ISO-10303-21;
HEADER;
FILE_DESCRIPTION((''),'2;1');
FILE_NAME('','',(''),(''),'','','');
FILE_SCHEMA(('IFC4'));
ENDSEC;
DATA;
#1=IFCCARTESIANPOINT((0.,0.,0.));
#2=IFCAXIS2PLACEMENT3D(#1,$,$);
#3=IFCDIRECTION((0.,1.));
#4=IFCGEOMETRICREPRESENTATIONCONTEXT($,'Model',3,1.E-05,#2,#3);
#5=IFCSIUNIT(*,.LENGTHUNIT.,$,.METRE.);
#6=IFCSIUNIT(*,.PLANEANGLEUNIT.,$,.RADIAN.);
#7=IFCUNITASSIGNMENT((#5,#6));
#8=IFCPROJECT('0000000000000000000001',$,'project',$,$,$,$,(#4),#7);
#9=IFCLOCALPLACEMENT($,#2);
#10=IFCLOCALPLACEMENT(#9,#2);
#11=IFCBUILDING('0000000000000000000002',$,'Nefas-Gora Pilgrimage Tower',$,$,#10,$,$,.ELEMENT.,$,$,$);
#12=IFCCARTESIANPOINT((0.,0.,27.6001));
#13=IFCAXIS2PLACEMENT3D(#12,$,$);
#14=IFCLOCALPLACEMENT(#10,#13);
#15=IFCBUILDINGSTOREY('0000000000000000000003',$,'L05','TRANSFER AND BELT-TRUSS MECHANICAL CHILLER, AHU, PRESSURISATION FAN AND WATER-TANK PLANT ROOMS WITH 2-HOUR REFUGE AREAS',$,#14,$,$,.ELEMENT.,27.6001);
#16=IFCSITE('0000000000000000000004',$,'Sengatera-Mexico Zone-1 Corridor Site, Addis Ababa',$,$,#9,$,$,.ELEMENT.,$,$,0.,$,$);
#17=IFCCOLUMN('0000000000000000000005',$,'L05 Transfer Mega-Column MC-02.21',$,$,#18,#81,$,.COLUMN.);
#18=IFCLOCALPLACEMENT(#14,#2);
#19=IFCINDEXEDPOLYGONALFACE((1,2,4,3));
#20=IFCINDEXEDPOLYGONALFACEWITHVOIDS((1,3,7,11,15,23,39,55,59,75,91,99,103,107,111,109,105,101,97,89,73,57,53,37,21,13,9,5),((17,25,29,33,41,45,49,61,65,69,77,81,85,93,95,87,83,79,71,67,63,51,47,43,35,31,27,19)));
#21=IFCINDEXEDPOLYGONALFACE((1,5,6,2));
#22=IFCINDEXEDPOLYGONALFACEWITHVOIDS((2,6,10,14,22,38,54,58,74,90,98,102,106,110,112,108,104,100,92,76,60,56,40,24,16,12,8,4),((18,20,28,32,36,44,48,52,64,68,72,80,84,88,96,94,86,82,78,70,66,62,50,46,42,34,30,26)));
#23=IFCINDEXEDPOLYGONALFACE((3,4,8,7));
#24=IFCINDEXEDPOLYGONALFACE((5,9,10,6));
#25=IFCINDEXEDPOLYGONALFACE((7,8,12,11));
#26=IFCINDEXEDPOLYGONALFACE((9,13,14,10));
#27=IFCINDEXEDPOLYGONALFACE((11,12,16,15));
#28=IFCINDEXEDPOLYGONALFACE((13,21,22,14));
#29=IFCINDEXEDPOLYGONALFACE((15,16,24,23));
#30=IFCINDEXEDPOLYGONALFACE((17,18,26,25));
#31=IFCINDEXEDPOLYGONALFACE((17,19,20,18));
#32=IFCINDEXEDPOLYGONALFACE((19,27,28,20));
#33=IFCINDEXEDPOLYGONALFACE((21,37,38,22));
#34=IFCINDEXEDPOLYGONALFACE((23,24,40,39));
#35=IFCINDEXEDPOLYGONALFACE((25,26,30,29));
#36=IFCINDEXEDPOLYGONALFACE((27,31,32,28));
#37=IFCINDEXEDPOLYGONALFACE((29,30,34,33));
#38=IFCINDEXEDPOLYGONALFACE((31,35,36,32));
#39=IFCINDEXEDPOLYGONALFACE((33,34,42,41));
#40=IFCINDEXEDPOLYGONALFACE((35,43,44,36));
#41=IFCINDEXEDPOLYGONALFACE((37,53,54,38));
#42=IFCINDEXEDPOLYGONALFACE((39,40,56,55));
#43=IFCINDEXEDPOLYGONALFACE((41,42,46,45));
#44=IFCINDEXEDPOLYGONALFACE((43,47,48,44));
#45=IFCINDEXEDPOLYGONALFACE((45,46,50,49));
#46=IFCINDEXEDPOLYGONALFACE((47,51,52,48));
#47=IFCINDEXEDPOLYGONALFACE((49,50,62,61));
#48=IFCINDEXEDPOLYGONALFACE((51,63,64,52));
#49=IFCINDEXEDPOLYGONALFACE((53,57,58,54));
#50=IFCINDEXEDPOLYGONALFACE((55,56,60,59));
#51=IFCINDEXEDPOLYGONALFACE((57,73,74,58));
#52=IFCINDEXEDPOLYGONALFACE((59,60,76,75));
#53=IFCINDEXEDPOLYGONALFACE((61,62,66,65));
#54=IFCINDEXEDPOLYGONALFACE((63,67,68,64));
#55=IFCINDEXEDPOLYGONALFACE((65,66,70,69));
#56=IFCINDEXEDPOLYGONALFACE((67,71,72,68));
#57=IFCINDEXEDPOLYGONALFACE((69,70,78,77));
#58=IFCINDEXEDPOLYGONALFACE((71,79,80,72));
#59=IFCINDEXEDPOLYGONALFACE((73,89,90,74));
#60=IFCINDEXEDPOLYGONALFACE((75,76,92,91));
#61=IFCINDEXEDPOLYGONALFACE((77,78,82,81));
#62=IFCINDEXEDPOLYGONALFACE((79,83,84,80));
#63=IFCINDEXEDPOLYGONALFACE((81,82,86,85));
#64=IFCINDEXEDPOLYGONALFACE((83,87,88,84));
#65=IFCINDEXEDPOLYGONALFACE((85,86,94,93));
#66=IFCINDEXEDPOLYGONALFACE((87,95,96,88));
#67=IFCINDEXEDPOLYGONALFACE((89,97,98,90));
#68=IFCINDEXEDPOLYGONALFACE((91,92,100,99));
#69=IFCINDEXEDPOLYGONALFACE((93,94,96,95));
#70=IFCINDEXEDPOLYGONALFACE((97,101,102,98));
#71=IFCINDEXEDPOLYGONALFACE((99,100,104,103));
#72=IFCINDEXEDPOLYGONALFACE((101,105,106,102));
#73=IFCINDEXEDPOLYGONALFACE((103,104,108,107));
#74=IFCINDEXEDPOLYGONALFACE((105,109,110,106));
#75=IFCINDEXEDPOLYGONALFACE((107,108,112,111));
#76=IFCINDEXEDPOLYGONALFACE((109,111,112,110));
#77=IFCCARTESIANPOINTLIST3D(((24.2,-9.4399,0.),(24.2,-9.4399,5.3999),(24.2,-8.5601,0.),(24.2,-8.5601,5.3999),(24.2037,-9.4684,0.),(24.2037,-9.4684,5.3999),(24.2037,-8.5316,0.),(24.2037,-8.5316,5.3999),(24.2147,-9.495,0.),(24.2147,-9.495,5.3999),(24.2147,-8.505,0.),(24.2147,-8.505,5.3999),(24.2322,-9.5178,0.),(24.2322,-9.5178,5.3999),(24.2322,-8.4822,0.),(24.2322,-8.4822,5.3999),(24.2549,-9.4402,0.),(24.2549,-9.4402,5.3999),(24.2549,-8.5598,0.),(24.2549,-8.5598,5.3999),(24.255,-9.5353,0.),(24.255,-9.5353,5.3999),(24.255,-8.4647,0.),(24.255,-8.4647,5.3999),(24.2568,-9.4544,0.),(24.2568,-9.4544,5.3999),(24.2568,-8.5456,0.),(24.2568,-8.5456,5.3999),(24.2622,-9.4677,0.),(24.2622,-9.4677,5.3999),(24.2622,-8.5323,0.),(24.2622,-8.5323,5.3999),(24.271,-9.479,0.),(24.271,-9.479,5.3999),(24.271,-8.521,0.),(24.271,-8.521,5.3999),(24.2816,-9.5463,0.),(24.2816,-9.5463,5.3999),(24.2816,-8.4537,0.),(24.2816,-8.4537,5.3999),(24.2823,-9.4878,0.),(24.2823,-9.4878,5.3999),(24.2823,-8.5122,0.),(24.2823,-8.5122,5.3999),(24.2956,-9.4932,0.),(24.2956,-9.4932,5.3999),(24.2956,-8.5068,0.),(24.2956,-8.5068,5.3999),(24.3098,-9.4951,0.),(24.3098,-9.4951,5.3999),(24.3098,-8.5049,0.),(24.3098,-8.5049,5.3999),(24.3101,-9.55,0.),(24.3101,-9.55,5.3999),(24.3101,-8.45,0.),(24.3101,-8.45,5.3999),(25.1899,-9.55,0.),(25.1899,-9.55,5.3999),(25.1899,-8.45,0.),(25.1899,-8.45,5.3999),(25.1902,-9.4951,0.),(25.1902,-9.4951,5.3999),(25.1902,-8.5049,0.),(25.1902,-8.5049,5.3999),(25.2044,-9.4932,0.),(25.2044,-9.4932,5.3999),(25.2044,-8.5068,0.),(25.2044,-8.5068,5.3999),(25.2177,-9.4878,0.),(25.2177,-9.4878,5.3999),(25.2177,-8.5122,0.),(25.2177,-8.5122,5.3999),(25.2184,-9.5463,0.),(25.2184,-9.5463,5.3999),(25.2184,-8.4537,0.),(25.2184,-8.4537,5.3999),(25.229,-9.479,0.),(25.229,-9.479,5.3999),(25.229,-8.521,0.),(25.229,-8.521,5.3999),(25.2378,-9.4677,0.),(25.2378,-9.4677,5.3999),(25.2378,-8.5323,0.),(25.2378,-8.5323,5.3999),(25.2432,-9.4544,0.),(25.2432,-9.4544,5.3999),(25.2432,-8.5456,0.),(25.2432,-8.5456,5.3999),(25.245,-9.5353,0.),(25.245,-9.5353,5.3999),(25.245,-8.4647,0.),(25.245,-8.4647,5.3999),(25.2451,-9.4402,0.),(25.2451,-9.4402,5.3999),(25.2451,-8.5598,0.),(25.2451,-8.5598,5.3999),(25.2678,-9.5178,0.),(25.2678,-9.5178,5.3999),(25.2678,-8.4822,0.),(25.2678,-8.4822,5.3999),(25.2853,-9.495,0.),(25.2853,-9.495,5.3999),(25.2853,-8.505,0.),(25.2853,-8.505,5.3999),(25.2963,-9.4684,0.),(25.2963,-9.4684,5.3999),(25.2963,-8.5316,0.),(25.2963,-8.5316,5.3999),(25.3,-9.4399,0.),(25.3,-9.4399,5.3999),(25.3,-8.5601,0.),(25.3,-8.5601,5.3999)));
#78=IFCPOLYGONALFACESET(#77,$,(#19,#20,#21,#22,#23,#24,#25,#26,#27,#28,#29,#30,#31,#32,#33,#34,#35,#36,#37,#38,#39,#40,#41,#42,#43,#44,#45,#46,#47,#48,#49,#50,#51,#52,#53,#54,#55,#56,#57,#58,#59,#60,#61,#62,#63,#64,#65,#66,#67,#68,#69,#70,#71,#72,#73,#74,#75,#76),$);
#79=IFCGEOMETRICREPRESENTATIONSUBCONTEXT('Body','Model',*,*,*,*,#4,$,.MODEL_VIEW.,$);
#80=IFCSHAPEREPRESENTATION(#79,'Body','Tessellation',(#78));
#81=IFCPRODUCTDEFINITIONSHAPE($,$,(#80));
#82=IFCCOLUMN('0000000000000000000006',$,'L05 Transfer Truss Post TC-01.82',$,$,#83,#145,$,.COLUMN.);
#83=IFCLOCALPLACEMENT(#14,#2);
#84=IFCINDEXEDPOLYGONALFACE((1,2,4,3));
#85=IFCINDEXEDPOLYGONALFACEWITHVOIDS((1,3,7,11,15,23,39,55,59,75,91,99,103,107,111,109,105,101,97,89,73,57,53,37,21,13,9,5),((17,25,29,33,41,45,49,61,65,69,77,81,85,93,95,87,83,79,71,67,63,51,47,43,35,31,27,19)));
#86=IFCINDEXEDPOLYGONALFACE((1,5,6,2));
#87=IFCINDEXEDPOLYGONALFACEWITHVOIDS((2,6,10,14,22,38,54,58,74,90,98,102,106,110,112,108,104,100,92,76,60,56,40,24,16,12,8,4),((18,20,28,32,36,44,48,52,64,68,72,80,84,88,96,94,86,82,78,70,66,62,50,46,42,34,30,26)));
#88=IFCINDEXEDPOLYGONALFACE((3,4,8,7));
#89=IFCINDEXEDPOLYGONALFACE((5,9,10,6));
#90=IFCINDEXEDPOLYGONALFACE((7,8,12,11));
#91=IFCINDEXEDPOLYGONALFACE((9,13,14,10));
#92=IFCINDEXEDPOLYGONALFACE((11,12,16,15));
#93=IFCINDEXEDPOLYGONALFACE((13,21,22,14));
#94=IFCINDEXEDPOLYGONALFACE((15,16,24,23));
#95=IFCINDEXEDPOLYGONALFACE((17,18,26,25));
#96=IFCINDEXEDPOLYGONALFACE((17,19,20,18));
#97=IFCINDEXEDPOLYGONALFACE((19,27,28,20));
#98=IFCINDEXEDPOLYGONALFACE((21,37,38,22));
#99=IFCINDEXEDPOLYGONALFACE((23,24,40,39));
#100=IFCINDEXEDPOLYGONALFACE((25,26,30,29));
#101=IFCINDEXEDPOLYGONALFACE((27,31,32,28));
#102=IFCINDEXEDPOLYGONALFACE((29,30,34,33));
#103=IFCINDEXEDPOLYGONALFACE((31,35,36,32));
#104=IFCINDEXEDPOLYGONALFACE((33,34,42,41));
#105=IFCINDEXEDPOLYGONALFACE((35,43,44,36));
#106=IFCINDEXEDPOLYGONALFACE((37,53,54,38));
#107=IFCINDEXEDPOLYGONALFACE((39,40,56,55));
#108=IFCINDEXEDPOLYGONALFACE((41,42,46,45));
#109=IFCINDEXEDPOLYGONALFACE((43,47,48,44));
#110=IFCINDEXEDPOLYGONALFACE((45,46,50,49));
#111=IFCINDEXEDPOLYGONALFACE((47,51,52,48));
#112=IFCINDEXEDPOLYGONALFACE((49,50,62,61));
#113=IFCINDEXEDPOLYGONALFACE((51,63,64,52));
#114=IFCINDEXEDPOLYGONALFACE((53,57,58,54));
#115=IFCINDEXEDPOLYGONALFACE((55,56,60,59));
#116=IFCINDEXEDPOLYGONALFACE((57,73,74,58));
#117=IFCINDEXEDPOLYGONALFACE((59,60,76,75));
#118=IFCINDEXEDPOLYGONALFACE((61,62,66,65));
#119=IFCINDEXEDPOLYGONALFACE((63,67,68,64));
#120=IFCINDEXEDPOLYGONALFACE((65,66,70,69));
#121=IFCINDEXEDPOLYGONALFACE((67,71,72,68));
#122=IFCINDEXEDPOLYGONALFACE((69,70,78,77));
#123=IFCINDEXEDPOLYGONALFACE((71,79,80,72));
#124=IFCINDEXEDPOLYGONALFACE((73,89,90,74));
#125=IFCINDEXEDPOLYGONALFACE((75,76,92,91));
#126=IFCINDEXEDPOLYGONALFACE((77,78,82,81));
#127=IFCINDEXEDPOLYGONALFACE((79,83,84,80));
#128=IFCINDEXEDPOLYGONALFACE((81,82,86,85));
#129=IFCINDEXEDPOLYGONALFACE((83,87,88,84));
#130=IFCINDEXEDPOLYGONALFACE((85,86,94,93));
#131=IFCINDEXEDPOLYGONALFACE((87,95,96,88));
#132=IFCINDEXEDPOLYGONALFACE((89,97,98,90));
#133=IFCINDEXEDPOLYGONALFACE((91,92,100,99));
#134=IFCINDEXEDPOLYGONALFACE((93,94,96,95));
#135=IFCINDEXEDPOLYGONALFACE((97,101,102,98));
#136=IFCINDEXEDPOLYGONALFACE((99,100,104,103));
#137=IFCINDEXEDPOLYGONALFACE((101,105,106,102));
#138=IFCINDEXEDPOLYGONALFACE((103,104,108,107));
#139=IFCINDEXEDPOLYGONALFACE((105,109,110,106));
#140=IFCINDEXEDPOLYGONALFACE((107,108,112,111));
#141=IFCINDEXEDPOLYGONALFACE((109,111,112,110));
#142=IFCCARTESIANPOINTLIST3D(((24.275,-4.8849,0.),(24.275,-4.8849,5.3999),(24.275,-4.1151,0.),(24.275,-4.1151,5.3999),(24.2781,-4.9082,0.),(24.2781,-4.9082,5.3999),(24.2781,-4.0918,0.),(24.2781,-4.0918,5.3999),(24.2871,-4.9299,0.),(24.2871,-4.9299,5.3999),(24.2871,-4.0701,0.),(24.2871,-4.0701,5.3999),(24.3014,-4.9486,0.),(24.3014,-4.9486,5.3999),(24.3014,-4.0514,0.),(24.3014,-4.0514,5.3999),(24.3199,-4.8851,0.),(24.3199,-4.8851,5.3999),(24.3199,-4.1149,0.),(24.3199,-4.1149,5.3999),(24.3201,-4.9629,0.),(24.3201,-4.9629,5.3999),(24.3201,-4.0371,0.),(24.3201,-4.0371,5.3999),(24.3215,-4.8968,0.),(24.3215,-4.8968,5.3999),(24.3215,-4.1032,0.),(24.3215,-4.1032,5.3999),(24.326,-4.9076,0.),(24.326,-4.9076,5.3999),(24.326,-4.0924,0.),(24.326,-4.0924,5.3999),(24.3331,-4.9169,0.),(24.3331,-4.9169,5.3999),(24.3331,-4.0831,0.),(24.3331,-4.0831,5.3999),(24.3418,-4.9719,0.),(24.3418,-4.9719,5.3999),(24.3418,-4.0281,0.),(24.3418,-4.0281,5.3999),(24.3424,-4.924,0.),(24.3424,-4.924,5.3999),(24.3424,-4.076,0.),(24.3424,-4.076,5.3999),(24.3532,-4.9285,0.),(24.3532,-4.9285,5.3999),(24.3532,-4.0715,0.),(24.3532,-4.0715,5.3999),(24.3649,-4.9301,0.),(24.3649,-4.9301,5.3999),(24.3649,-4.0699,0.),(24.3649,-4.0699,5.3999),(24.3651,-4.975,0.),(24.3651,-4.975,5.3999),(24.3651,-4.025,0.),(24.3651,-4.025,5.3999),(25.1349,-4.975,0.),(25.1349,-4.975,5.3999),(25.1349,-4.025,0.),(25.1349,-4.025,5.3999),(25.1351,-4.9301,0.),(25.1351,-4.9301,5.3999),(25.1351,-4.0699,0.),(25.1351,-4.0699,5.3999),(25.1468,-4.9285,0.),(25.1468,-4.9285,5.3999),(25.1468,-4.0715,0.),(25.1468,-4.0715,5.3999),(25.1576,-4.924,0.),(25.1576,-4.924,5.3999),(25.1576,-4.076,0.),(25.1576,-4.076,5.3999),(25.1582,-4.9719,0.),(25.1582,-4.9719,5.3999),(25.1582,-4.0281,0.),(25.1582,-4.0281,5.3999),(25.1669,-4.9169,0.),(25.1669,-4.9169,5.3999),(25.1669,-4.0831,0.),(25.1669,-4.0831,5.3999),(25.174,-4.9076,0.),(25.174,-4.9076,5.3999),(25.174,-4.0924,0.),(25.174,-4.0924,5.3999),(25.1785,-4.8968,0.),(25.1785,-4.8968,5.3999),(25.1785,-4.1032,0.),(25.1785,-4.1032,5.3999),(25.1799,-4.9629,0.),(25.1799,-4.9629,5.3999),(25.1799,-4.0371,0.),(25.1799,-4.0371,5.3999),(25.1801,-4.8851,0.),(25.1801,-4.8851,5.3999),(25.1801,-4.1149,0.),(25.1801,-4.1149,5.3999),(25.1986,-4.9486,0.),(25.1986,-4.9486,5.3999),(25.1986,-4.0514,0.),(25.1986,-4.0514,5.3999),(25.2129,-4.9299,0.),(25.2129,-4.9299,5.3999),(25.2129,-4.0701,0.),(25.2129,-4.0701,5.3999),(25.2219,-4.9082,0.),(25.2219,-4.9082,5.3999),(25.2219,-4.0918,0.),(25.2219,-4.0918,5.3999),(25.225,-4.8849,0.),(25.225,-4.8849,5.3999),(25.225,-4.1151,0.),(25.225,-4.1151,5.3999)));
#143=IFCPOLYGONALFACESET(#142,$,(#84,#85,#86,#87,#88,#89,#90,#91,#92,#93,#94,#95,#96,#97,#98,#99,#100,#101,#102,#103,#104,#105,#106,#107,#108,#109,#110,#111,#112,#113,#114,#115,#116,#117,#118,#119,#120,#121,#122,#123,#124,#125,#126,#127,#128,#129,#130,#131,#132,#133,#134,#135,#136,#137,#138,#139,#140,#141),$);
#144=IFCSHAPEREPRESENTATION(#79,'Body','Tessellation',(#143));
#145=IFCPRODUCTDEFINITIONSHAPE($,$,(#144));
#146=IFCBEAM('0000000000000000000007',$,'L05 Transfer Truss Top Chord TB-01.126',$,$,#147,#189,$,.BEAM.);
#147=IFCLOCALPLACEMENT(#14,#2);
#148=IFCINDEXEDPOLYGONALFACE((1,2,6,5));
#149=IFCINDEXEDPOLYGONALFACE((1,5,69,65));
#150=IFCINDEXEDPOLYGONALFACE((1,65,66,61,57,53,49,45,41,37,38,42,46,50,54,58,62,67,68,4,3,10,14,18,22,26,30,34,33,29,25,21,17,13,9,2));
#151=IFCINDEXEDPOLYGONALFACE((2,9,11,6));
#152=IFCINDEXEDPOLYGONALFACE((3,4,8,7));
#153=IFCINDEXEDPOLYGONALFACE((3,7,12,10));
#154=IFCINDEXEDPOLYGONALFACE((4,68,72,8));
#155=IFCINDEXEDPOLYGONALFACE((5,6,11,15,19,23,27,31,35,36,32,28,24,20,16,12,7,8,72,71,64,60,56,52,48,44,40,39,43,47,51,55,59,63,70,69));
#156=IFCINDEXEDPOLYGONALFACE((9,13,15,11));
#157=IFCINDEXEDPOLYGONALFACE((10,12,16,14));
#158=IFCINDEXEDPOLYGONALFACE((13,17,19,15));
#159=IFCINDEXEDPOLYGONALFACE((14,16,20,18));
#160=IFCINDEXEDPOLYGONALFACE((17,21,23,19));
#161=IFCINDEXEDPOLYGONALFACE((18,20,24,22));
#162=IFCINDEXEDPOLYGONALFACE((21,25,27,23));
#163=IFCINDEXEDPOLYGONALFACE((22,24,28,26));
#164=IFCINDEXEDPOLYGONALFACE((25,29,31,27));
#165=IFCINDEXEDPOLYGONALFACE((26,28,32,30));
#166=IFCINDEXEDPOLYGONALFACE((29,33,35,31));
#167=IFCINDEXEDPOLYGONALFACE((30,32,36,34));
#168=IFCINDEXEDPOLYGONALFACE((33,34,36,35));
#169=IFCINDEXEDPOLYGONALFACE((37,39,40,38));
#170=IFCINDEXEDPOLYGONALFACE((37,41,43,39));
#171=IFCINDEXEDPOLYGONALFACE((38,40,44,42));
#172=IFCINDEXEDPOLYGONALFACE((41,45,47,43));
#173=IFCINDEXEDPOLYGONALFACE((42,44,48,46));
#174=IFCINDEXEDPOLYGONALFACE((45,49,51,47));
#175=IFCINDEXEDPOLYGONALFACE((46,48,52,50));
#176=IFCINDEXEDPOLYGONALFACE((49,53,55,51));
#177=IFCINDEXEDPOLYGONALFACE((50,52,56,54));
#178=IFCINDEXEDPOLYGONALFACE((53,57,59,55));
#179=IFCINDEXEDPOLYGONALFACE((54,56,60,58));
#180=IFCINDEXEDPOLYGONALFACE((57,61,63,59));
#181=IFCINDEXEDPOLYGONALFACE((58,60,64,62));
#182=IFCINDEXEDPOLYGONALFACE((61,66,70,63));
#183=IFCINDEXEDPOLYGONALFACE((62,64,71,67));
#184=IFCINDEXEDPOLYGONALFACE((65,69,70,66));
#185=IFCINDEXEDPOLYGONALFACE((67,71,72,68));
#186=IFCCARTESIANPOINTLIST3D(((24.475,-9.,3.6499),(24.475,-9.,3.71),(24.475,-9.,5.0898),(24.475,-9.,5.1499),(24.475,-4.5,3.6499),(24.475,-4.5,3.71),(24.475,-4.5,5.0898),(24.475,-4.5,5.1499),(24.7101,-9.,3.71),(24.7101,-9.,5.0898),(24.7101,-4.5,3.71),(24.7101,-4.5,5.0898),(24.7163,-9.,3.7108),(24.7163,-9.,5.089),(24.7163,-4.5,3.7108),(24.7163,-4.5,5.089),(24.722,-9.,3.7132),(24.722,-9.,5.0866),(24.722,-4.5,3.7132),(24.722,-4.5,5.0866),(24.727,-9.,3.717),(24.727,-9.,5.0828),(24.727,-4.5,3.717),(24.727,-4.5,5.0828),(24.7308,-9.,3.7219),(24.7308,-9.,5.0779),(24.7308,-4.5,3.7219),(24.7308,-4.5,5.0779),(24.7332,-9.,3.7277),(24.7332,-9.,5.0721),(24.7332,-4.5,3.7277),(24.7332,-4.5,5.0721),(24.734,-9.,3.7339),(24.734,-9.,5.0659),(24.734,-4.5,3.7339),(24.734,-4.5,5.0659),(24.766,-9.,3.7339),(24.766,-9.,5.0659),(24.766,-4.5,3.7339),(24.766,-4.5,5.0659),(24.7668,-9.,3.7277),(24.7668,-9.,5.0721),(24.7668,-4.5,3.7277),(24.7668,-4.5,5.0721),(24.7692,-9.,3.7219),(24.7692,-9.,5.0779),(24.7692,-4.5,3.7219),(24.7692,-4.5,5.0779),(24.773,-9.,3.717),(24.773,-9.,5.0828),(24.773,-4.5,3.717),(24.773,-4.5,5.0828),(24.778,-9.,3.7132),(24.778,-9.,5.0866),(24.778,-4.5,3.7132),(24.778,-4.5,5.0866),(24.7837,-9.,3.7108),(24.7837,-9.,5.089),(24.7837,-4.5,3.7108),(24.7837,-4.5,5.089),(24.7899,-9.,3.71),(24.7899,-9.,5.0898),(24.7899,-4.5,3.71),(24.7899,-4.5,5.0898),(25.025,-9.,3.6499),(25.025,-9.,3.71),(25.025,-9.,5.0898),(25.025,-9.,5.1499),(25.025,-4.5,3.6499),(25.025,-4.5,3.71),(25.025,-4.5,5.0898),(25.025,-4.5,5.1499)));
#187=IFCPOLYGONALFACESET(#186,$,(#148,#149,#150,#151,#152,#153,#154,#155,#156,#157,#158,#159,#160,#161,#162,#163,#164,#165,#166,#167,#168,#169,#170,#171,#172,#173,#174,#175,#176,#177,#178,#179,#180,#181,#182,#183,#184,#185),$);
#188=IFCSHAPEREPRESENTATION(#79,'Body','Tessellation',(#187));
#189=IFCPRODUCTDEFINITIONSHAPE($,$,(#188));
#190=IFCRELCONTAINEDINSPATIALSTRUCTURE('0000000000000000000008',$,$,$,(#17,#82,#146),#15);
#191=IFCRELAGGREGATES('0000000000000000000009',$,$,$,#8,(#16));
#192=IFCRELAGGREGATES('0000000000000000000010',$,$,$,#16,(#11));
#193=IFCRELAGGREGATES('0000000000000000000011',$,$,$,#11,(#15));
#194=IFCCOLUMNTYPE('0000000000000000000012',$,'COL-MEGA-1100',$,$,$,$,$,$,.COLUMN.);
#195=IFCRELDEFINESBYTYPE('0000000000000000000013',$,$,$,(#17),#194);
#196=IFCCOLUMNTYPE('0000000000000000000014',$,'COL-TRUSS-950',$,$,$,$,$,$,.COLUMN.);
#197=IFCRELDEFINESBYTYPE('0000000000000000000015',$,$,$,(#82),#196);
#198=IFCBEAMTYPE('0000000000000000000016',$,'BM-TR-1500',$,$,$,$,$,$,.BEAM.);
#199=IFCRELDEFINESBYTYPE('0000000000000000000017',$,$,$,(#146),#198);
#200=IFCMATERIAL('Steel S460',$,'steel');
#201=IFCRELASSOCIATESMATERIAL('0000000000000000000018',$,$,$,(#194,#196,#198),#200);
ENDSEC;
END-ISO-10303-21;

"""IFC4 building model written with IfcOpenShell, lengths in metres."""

from ifc_helpers import new_model, si_unit, direction, frame, origin, origin_2d, place, context, subcontext, project, spatial, hollow_rectangle, i_section, extrude, source, transform, mapped, material, material_profile, profile_set, type_object, element, save


model = new_model("IFC4")

# Units and contexts
model_context = context("Model", 3, precision=1e-05, world=origin(), true_north=direction((0.0, 1.0)))
body_context = subcontext(model_context, "Body", "Model", "MODEL_VIEW")
ifc_project = project(units=[si_unit("LENGTHUNIT", "METRE"), si_unit("PLANEANGLEUNIT", "RADIAN")], contexts=[model_context])

# Site, building, storey
site_placement = place(None, origin())
site = spatial("IfcSite", under=ifc_project, at=site_placement, Name="Sengatera-Mexico Zone-1 Corridor Site, Addis Ababa", CompositionType="ELEMENT", RefElevation=0.0)
building_placement = place(site_placement, origin())
building = spatial("IfcBuilding", under=site, at=building_placement, Name="Nefas-Gora Pilgrimage Tower", CompositionType="ELEMENT")
storey_placement = place(building_placement, frame((0.0, 0.0, 27.6001)))
storey = spatial("IfcBuildingStorey", under=building, at=storey_placement, Name="L05", Description="TRANSFER AND BELT-TRUSS MECHANICAL CHILLER, AHU, PRESSURISATION FAN AND WATER-TANK PLANT ROOMS WITH 2-HOUR REFUGE AREAS", CompositionType="ELEMENT", Elevation=27.6001)

# Columns
ifc_material_1 = material(Name="Steel S460", Category="steel")
ifc_material_profile_1 = material_profile(ifc_material_1, hollow_rectangle(XDim=1.1001, YDim=1.1001, WallThickness=0.0549, InnerFilletRadius=0.0549, OuterFilletRadius=0.1101, at=origin_2d()), Name="BOX 1100x1100x55")
ifc_profile_set_1 = profile_set([ifc_material_profile_1], Name="Steel S460")
column_type_1 = type_object("IfcColumnType", Name="COL-MEGA-1100", PredefinedType="COLUMN", material=ifc_profile_set_1)
shared_shape_1 = source(origin(), body_context, "Body", "SweptSolid", [
    extrude(hollow_rectangle(XDim=1.1001, YDim=1.1001, WallThickness=0.0549, InnerFilletRadius=0.0549, OuterFilletRadius=0.1101, at=origin_2d()), origin(), (0.0, 0.0, 1.0), 5.3999),
])
column_1_placement = place(storey_placement, frame((24.75, -9.0, 0.0), z_axis=(0.0, 0.0, 1.0), x_axis=(1.0, 0.0, 0.0)))
element("IfcColumn", 1, at=column_1_placement, inside=storey, type_object=column_type_1, Name="L05 Transfer Mega-Column MC-02.21", PredefinedType="COLUMN", context=body_context, shape_type="MappedRepresentation", body=[
    mapped(shared_shape_1, transform((0.0, 0.0, 0.0), x_axis=(1.0, 0.0, 0.0), y_axis=(0.0, 1.0, 0.0), z_axis=(0.0, 0.0, 1.0), scale=1.0)),
])
ifc_material_profile_2 = material_profile(ifc_material_1, hollow_rectangle(XDim=0.95, YDim=0.95, WallThickness=0.0449, InnerFilletRadius=0.0449, OuterFilletRadius=0.0901, at=origin_2d()), Name="BOX 950x950x45")
ifc_profile_set_2 = profile_set([ifc_material_profile_2], Name="Steel S460")
column_type_2 = type_object("IfcColumnType", Name="COL-TRUSS-950", PredefinedType="COLUMN", material=ifc_profile_set_2)
shared_shape_2 = source(origin(), body_context, "Body", "SweptSolid", [
    extrude(hollow_rectangle(XDim=0.95, YDim=0.95, WallThickness=0.0449, InnerFilletRadius=0.0449, OuterFilletRadius=0.0901, at=origin_2d()), origin(), (0.0, 0.0, 1.0), 5.3999),
])
column_2_placement = place(storey_placement, frame((24.75, -4.5, 0.0), z_axis=(0.0, 0.0, 1.0), x_axis=(1.0, 0.0, 0.0)))
element("IfcColumn", 2, at=column_2_placement, inside=storey, type_object=column_type_2, Name="L05 Transfer Truss Post TC-01.82", PredefinedType="COLUMN", context=body_context, shape_type="MappedRepresentation", body=[
    mapped(shared_shape_2, transform((0.0, 0.0, 0.0), x_axis=(1.0, 0.0, 0.0), y_axis=(0.0, 1.0, 0.0), z_axis=(0.0, 0.0, 1.0), scale=1.0)),
])

# Beam
ifc_material_profile_3 = material_profile(ifc_material_1, i_section(OverallWidth=0.55, OverallDepth=1.5, WebThickness=0.032, FlangeThickness=0.0601, FilletRadius=0.0239, at=origin_2d()), Name="WPG 1500x550x32x60")
ifc_profile_set_3 = profile_set([ifc_material_profile_3], Name="Steel S460")
beam_type_1 = type_object("IfcBeamType", Name="BM-TR-1500", PredefinedType="BEAM", material=ifc_profile_set_3)
shared_shape_3 = source(origin(), body_context, "Body", "SweptSolid", [
    extrude(i_section(OverallWidth=0.55, OverallDepth=1.5, WebThickness=0.032, FlangeThickness=0.0601, FilletRadius=0.0239, at=origin_2d()), origin(), (0.0, 0.0, 1.0), 4.5),
])
for number, where, z_axis, x_axis, name in (
    (3, (24.75, -9.0, 4.3999), (0.0, 1.0, 0.0), (-1.0, 0.0, 0.0), "L05 Transfer Truss Top Chord TB-01.126"),
):
    element("IfcBeam", number, at=place(storey_placement, frame(where, z_axis=z_axis, x_axis=x_axis)), inside=storey, type_object=beam_type_1, Name=name, PredefinedType="BEAM", context=body_context, shape_type="MappedRepresentation", body=[
        mapped(shared_shape_3, transform((0.0, 0.0, 0.0), x_axis=(1.0, 0.0, 0.0), y_axis=(0.0, 1.0, 0.0), z_axis=(0.0, 0.0, 1.0), scale=1.0)),
    ])

save(model, "model.ifc")
